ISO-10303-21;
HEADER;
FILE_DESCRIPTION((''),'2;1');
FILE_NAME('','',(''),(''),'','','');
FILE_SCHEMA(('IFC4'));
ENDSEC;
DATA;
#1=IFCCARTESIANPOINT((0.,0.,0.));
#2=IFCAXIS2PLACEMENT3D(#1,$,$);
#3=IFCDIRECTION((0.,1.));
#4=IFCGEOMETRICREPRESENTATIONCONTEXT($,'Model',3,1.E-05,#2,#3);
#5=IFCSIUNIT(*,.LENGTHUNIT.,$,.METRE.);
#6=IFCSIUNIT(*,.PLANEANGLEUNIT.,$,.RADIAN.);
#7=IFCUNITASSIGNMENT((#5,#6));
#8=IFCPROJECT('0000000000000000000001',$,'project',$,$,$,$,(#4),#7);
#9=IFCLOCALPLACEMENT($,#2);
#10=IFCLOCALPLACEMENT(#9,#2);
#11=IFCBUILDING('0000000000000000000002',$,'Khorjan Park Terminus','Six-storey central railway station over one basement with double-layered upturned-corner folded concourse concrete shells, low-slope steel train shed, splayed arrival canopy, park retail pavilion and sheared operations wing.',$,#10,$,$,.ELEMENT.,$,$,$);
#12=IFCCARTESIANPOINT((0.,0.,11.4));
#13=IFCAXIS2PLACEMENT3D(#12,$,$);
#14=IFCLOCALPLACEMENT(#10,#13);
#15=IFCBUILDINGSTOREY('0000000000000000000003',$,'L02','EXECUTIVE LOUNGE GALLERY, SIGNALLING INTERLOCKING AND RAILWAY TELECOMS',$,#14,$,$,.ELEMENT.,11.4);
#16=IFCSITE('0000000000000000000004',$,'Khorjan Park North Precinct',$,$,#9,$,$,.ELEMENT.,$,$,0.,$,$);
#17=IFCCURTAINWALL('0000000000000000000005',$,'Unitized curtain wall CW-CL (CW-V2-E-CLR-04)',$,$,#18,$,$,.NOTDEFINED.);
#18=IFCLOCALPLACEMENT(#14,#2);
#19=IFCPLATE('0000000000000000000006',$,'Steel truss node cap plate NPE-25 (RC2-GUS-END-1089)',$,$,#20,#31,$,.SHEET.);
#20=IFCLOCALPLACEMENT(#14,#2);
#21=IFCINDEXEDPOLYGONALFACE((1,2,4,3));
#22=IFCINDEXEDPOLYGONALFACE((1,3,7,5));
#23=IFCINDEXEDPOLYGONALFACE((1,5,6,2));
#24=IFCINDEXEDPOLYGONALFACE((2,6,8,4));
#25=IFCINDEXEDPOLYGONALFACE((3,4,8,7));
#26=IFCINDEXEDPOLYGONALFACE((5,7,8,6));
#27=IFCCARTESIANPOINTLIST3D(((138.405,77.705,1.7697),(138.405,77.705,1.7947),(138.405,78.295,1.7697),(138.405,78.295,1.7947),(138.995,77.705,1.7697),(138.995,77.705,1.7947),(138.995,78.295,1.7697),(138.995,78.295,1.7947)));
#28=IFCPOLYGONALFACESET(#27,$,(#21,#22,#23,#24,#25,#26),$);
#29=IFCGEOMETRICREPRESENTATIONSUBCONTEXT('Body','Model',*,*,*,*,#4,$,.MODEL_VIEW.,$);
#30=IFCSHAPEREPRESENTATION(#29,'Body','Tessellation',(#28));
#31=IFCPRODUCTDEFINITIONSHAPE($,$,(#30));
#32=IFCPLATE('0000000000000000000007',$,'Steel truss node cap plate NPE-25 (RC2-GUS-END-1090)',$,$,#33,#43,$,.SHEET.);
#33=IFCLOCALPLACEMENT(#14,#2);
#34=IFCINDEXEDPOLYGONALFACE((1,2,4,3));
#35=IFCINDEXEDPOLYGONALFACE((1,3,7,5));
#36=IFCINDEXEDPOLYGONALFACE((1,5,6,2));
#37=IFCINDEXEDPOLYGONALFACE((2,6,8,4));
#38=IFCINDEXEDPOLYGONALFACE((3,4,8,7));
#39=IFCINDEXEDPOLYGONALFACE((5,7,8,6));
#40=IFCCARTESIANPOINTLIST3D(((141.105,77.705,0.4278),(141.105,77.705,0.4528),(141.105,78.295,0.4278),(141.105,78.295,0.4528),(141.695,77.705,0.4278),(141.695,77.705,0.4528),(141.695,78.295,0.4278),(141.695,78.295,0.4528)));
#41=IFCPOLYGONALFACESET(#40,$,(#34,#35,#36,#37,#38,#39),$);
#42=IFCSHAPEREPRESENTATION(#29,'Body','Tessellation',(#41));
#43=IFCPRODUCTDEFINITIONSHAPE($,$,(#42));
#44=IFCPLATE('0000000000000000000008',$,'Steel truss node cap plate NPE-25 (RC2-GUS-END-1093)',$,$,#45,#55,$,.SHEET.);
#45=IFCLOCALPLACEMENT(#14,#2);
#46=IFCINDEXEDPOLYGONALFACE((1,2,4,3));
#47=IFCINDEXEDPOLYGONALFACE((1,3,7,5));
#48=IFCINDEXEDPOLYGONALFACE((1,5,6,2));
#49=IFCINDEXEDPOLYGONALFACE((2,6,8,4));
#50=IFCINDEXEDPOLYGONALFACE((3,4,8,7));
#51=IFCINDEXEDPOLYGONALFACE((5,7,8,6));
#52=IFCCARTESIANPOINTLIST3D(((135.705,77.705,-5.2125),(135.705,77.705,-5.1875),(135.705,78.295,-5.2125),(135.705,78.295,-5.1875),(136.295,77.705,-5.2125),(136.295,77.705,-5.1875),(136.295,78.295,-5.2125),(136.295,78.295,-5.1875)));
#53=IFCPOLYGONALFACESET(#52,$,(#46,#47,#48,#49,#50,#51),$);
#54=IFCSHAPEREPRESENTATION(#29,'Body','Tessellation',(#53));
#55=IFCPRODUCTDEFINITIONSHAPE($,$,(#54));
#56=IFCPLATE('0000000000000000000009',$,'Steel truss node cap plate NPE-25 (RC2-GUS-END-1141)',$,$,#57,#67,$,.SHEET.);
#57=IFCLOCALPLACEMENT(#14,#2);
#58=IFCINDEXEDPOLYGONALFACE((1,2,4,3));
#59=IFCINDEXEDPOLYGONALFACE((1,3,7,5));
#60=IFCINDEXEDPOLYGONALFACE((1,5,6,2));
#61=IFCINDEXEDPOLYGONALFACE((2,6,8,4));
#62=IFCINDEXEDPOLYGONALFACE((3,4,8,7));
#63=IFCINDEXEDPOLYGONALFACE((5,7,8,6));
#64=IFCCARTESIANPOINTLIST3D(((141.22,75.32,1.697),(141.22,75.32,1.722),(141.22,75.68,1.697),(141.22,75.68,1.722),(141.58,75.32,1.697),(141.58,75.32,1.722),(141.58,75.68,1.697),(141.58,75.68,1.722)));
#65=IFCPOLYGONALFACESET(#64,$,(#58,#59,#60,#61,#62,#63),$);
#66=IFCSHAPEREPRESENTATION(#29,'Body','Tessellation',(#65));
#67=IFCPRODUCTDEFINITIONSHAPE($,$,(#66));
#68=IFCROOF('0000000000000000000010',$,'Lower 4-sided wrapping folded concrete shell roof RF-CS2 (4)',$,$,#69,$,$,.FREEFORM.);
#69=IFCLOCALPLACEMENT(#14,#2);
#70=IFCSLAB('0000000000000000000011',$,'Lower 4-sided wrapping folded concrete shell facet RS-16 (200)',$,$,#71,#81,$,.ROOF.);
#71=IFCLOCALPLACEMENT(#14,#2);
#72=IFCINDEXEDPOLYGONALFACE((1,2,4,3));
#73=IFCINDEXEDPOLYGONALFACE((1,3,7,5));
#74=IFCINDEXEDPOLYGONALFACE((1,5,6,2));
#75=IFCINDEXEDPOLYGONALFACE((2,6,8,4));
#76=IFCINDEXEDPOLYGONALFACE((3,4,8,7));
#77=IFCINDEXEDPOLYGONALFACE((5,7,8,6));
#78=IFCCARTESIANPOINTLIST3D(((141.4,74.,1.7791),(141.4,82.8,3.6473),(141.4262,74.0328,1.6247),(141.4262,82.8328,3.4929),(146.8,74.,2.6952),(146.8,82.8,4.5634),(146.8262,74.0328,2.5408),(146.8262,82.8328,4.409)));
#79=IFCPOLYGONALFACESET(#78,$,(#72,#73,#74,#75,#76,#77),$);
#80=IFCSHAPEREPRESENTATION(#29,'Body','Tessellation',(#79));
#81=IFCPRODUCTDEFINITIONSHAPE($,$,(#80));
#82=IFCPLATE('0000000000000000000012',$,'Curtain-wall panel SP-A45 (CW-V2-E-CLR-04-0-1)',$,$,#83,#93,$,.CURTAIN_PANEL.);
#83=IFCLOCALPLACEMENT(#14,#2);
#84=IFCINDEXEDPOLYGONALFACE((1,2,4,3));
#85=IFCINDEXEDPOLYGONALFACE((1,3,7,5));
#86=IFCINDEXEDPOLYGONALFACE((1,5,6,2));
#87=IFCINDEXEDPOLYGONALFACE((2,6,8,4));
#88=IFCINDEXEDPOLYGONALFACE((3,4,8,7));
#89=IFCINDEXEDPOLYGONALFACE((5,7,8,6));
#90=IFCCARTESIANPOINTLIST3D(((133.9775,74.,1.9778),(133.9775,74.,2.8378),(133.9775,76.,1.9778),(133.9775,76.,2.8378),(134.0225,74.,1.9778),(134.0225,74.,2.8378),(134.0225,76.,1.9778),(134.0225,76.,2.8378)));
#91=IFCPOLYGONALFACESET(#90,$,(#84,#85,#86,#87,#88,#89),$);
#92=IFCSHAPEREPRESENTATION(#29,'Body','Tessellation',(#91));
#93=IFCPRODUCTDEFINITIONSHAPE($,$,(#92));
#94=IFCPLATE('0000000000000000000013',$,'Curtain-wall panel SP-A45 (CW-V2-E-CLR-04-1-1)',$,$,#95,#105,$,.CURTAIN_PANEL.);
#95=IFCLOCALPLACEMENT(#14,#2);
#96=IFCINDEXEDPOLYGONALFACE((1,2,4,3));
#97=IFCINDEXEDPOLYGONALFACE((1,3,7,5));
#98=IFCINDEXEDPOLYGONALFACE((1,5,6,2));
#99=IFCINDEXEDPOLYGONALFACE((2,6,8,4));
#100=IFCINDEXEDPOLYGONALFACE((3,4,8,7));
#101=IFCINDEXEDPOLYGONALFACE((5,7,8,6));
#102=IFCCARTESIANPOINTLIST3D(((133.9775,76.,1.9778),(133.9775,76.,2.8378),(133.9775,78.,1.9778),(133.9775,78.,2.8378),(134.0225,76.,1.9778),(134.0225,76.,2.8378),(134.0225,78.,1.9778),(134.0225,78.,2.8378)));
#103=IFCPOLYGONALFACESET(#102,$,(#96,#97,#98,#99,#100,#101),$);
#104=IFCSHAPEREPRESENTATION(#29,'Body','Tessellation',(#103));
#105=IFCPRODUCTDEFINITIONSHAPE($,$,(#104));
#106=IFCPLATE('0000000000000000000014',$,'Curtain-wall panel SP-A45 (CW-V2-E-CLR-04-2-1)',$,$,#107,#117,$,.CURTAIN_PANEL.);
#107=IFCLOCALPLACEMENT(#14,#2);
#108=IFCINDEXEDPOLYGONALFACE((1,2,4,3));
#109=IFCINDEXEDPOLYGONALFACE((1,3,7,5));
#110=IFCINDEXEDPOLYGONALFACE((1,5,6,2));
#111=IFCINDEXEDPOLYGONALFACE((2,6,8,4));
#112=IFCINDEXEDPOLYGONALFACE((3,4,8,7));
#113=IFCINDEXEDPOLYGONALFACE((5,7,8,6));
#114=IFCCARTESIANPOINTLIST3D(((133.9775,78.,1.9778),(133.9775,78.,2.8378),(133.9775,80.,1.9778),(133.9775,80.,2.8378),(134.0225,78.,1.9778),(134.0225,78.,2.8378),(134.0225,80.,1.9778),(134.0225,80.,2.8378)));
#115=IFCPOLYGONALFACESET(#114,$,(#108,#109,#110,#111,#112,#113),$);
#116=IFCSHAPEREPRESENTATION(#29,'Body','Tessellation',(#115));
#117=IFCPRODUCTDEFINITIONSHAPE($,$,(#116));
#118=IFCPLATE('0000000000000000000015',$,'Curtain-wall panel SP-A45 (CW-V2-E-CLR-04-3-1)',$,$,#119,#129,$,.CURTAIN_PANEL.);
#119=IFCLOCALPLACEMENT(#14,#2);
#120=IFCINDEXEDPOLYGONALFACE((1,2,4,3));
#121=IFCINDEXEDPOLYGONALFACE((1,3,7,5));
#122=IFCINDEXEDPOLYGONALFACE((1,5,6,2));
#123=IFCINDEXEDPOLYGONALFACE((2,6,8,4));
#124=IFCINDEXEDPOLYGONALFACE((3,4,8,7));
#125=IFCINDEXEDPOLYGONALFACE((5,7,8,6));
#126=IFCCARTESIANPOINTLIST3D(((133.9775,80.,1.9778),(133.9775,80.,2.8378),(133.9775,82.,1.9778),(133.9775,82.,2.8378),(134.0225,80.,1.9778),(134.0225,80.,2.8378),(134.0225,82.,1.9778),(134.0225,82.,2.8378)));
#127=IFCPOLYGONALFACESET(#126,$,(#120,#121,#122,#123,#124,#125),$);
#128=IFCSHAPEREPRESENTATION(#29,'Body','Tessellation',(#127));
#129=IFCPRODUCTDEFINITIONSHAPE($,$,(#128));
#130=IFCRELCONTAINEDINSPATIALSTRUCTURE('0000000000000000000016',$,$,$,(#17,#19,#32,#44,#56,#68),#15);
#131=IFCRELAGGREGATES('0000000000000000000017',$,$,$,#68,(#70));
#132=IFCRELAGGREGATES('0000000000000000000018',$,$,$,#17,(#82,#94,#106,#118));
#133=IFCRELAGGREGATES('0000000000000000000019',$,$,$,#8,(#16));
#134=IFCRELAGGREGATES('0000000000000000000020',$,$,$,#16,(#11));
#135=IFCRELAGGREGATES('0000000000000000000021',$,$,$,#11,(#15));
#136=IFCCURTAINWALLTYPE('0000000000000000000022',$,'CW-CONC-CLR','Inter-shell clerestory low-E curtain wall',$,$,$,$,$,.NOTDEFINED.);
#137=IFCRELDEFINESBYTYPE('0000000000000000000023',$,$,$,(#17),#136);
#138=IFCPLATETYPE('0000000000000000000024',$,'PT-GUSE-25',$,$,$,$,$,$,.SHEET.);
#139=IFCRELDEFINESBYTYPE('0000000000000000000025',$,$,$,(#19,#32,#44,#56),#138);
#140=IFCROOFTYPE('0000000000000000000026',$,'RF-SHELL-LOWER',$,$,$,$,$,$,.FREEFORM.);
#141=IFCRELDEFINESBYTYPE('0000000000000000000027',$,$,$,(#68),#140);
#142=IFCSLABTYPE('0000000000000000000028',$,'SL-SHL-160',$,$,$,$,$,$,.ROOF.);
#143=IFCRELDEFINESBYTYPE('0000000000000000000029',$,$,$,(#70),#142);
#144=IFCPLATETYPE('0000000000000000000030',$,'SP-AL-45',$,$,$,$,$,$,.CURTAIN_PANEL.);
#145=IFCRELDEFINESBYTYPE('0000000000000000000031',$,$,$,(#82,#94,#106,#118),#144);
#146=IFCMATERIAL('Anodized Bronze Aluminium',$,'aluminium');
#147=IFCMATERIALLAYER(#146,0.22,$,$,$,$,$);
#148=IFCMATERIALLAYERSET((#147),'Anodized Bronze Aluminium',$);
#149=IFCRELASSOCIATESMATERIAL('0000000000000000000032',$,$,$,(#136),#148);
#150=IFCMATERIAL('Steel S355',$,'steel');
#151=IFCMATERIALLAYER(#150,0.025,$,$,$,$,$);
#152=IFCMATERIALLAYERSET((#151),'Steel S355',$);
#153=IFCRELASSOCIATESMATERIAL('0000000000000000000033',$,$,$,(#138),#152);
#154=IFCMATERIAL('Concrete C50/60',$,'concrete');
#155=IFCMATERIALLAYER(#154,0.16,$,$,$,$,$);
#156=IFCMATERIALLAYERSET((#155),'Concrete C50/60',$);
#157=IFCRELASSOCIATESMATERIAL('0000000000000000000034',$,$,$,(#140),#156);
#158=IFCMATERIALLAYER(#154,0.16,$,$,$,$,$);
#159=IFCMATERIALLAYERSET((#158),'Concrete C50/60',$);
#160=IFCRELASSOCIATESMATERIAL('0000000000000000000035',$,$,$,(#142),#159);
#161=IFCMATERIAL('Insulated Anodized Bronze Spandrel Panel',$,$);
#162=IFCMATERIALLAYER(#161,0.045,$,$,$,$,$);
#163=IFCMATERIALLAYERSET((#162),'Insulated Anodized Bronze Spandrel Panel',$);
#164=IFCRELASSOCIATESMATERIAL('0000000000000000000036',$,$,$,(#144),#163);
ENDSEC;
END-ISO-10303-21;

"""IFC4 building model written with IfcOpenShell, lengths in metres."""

from ifc_helpers import new_model, si_unit, direction, frame, origin, origin_2d, place, context, subcontext, project, spatial, polyline, rectangle, outline, extrude, material, layer, layer_set, type_object, element, aggregate, save


model = new_model("IFC4")

# Units and contexts
model_context = context("Model", 3, precision=1e-05, world=origin(), true_north=direction((0.0, 1.0)))
body_context = subcontext(model_context, "Body", "Model", "MODEL_VIEW")
ifc_project = project(units=[si_unit("LENGTHUNIT", "METRE"), si_unit("PLANEANGLEUNIT", "RADIAN")], contexts=[model_context])

# Site, building, storey
site_placement = place(None, origin())
site = spatial("IfcSite", under=ifc_project, at=site_placement, Name="Khorjan Park North Precinct", CompositionType="ELEMENT", RefElevation=0.0)
building_placement = place(site_placement, origin())
building = spatial("IfcBuilding", under=site, at=building_placement, Name="Khorjan Park Terminus", Description="Six-storey central railway station over one basement with double-layered upturned-corner folded concourse concrete shells, low-slope steel train shed, splayed arrival canopy, park retail pavilion and sheared operations wing.", CompositionType="ELEMENT")
storey_placement = place(building_placement, frame((0.0, 0.0, 11.4)))
storey = spatial("IfcBuildingStorey", under=building, at=storey_placement, Name="L02", Description="EXECUTIVE LOUNGE GALLERY, SIGNALLING INTERLOCKING AND RAILWAY TELECOMS", CompositionType="ELEMENT", Elevation=11.4)

# Shared definitions
ifc_material_1 = material(Name="Concrete C50/60", Category="concrete")

# Shared definitions
ifc_material_2 = material(Name="Steel S355", Category="steel")

# Curtain wall
ifc_material_3 = material(Name="Anodized Bronze Aluminium", Category="aluminium")
ifc_layer_1 = layer(ifc_material_3, 0.22)
ifc_layer_set_1 = layer_set([ifc_layer_1], Name="Anodized Bronze Aluminium")
curtain_wall_type = type_object("IfcCurtainWallType", Name="CW-CONC-CLR", Description="Inter-shell clerestory low-E curtain wall", PredefinedType="NOTDEFINED", material=ifc_layer_set_1)
curtain_wall_placement = place(storey_placement, origin())
curtain_wall = element("IfcCurtainWall", 1, at=curtain_wall_placement, inside=storey, type_object=curtain_wall_type, Name="Unitized curtain wall CW-CL (CW-V2-E-CLR-04)", PredefinedType="NOTDEFINED")

# Plates
ifc_layer_2 = layer(ifc_material_2, 0.025)
ifc_layer_set_2 = layer_set([ifc_layer_2], Name="Steel S355")
plate_type_1 = type_object("IfcPlateType", Name="PT-GUSE-25", PredefinedType="SHEET", material=ifc_layer_set_2)
for number, where, z_axis, x_axis, name in (
    (2, (138.7, 78.0, 1.7697), (0.0, 0.0, 1.0), (1.0, 0.0, 0.0), "Steel truss node cap plate NPE-25 (RC2-GUS-END-1089)"),
    (3, (141.4, 78.0, 0.4278), (0.0, 0.0, 1.0), (1.0, 0.0, 0.0), "Steel truss node cap plate NPE-25 (RC2-GUS-END-1090)"),
    (4, (136.0, 78.0, -5.2125), (0.0, 0.0, 1.0), (1.0, 0.0, 0.0), "Steel truss node cap plate NPE-25 (RC2-GUS-END-1093)"),
):
    element("IfcPlate", number, at=place(storey_placement, frame(where, z_axis=z_axis, x_axis=x_axis)), inside=storey, type_object=plate_type_1, Name=name, PredefinedType="SHEET", context=body_context, shape_type="SweptSolid", body=[
        extrude(rectangle(XDim=0.59, YDim=0.59, at=origin_2d()), origin(), (0.0, 0.0, 1.0), 0.025),
    ])
plate_1_placement = place(storey_placement, frame((141.4, 75.5, 1.697), z_axis=(0.0, 0.0, 1.0), x_axis=(1.0, 0.0, 0.0)))
element("IfcPlate", 5, at=plate_1_placement, inside=storey, type_object=plate_type_1, Name="Steel truss node cap plate NPE-25 (RC2-GUS-END-1141)", PredefinedType="SHEET", context=body_context, shape_type="SweptSolid", body=[
    extrude(rectangle(XDim=0.36, YDim=0.36, at=origin_2d()), origin(), (0.0, 0.0, 1.0), 0.025),
])

# Roof, slab
ifc_layer_3 = layer(ifc_material_1, 0.16)
ifc_layer_set_3 = layer_set([ifc_layer_3], Name="Concrete C50/60")
roof_type = type_object("IfcRoofType", Name="RF-SHELL-LOWER", PredefinedType="FREEFORM", material=ifc_layer_set_3)
roof_placement = place(storey_placement, origin())
roof = element("IfcRoof", 6, at=roof_placement, inside=storey, type_object=roof_type, Name="Lower 4-sided wrapping folded concrete shell roof RF-CS2 (4)", PredefinedType="FREEFORM")
ifc_layer_4 = layer(ifc_material_1, 0.16)
ifc_layer_set_4 = layer_set([ifc_layer_4], Name="Concrete C50/60")
slab_type = type_object("IfcSlabType", Name="SL-SHL-160", PredefinedType="ROOF", material=ifc_layer_set_4)
slab_placement = place(storey_placement, frame((141.4, 74.0, 1.7791), z_axis=(-0.163711, -0.204866, 0.965002), x_axis=(0.985913, 0.0, 0.167258)))
slab = element("IfcSlab", 7, at=slab_placement, type_object=slab_type, Name="Lower 4-sided wrapping folded concrete shell facet RS-16 (200)", PredefinedType="ROOF", context=body_context, shape_type="SweptSolid", body=[
    extrude(outline(polyline([(0.0, 0.0), (5.4772, 0.0), (5.7896, 8.9907), (0.3125, 8.9907), (0.0, 0.0)])), origin(), (0.0, 0.0, -1.0), 0.16),
])
aggregate(roof, [slab])

# Plates
ifc_material_4 = material(Name="Insulated Anodized Bronze Spandrel Panel")
ifc_layer_5 = layer(ifc_material_4, 0.045)
ifc_layer_set_5 = layer_set([ifc_layer_5], Name="Insulated Anodized Bronze Spandrel Panel")
plate_type_2 = type_object("IfcPlateType", Name="SP-AL-45", PredefinedType="CURTAIN_PANEL", material=ifc_layer_set_5)
plate_2_placement = place(storey_placement, frame((134.0, 75.0, 1.9778), z_axis=(0.0, 0.0, 1.0), x_axis=(0.0, 1.0, 0.0)))
plate_2 = element("IfcPlate", 8, at=plate_2_placement, type_object=plate_type_2, Name="Curtain-wall panel SP-A45 (CW-V2-E-CLR-04-0-1)", PredefinedType="CURTAIN_PANEL", context=body_context, shape_type="SweptSolid", body=[
    extrude(rectangle(XDim=2.0, YDim=0.045, at=origin_2d()), origin(), (0.0, 0.0, 1.0), 0.86),
])
plate_3_placement = place(storey_placement, frame((134.0, 77.0, 1.9778), z_axis=(0.0, 0.0, 1.0), x_axis=(0.0, 1.0, 0.0)))
plate_3 = element("IfcPlate", 9, at=plate_3_placement, type_object=plate_type_2, Name="Curtain-wall panel SP-A45 (CW-V2-E-CLR-04-1-1)", PredefinedType="CURTAIN_PANEL", context=body_context, shape_type="SweptSolid", body=[
    extrude(rectangle(XDim=2.0, YDim=0.045, at=origin_2d()), origin(), (0.0, 0.0, 1.0), 0.86),
])
plate_4_placement = place(storey_placement, frame((134.0, 79.0, 1.9778), z_axis=(0.0, 0.0, 1.0), x_axis=(0.0, 1.0, 0.0)))
plate_4 = element("IfcPlate", 10, at=plate_4_placement, type_object=plate_type_2, Name="Curtain-wall panel SP-A45 (CW-V2-E-CLR-04-2-1)", PredefinedType="CURTAIN_PANEL", context=body_context, shape_type="SweptSolid", body=[
    extrude(rectangle(XDim=2.0, YDim=0.045, at=origin_2d()), origin(), (0.0, 0.0, 1.0), 0.86),
])
plate_5_placement = place(storey_placement, frame((134.0, 81.0, 1.9778), z_axis=(0.0, 0.0, 1.0), x_axis=(0.0, 1.0, 0.0)))
plate_5 = element("IfcPlate", 11, at=plate_5_placement, type_object=plate_type_2, Name="Curtain-wall panel SP-A45 (CW-V2-E-CLR-04-3-1)", PredefinedType="CURTAIN_PANEL", context=body_context, shape_type="SweptSolid", body=[
    extrude(rectangle(XDim=2.0, YDim=0.045, at=origin_2d()), origin(), (0.0, 0.0, 1.0), 0.86),
])
aggregate(curtain_wall, [plate_2, plate_3, plate_4, plate_5])

save(model, "model.ifc")
